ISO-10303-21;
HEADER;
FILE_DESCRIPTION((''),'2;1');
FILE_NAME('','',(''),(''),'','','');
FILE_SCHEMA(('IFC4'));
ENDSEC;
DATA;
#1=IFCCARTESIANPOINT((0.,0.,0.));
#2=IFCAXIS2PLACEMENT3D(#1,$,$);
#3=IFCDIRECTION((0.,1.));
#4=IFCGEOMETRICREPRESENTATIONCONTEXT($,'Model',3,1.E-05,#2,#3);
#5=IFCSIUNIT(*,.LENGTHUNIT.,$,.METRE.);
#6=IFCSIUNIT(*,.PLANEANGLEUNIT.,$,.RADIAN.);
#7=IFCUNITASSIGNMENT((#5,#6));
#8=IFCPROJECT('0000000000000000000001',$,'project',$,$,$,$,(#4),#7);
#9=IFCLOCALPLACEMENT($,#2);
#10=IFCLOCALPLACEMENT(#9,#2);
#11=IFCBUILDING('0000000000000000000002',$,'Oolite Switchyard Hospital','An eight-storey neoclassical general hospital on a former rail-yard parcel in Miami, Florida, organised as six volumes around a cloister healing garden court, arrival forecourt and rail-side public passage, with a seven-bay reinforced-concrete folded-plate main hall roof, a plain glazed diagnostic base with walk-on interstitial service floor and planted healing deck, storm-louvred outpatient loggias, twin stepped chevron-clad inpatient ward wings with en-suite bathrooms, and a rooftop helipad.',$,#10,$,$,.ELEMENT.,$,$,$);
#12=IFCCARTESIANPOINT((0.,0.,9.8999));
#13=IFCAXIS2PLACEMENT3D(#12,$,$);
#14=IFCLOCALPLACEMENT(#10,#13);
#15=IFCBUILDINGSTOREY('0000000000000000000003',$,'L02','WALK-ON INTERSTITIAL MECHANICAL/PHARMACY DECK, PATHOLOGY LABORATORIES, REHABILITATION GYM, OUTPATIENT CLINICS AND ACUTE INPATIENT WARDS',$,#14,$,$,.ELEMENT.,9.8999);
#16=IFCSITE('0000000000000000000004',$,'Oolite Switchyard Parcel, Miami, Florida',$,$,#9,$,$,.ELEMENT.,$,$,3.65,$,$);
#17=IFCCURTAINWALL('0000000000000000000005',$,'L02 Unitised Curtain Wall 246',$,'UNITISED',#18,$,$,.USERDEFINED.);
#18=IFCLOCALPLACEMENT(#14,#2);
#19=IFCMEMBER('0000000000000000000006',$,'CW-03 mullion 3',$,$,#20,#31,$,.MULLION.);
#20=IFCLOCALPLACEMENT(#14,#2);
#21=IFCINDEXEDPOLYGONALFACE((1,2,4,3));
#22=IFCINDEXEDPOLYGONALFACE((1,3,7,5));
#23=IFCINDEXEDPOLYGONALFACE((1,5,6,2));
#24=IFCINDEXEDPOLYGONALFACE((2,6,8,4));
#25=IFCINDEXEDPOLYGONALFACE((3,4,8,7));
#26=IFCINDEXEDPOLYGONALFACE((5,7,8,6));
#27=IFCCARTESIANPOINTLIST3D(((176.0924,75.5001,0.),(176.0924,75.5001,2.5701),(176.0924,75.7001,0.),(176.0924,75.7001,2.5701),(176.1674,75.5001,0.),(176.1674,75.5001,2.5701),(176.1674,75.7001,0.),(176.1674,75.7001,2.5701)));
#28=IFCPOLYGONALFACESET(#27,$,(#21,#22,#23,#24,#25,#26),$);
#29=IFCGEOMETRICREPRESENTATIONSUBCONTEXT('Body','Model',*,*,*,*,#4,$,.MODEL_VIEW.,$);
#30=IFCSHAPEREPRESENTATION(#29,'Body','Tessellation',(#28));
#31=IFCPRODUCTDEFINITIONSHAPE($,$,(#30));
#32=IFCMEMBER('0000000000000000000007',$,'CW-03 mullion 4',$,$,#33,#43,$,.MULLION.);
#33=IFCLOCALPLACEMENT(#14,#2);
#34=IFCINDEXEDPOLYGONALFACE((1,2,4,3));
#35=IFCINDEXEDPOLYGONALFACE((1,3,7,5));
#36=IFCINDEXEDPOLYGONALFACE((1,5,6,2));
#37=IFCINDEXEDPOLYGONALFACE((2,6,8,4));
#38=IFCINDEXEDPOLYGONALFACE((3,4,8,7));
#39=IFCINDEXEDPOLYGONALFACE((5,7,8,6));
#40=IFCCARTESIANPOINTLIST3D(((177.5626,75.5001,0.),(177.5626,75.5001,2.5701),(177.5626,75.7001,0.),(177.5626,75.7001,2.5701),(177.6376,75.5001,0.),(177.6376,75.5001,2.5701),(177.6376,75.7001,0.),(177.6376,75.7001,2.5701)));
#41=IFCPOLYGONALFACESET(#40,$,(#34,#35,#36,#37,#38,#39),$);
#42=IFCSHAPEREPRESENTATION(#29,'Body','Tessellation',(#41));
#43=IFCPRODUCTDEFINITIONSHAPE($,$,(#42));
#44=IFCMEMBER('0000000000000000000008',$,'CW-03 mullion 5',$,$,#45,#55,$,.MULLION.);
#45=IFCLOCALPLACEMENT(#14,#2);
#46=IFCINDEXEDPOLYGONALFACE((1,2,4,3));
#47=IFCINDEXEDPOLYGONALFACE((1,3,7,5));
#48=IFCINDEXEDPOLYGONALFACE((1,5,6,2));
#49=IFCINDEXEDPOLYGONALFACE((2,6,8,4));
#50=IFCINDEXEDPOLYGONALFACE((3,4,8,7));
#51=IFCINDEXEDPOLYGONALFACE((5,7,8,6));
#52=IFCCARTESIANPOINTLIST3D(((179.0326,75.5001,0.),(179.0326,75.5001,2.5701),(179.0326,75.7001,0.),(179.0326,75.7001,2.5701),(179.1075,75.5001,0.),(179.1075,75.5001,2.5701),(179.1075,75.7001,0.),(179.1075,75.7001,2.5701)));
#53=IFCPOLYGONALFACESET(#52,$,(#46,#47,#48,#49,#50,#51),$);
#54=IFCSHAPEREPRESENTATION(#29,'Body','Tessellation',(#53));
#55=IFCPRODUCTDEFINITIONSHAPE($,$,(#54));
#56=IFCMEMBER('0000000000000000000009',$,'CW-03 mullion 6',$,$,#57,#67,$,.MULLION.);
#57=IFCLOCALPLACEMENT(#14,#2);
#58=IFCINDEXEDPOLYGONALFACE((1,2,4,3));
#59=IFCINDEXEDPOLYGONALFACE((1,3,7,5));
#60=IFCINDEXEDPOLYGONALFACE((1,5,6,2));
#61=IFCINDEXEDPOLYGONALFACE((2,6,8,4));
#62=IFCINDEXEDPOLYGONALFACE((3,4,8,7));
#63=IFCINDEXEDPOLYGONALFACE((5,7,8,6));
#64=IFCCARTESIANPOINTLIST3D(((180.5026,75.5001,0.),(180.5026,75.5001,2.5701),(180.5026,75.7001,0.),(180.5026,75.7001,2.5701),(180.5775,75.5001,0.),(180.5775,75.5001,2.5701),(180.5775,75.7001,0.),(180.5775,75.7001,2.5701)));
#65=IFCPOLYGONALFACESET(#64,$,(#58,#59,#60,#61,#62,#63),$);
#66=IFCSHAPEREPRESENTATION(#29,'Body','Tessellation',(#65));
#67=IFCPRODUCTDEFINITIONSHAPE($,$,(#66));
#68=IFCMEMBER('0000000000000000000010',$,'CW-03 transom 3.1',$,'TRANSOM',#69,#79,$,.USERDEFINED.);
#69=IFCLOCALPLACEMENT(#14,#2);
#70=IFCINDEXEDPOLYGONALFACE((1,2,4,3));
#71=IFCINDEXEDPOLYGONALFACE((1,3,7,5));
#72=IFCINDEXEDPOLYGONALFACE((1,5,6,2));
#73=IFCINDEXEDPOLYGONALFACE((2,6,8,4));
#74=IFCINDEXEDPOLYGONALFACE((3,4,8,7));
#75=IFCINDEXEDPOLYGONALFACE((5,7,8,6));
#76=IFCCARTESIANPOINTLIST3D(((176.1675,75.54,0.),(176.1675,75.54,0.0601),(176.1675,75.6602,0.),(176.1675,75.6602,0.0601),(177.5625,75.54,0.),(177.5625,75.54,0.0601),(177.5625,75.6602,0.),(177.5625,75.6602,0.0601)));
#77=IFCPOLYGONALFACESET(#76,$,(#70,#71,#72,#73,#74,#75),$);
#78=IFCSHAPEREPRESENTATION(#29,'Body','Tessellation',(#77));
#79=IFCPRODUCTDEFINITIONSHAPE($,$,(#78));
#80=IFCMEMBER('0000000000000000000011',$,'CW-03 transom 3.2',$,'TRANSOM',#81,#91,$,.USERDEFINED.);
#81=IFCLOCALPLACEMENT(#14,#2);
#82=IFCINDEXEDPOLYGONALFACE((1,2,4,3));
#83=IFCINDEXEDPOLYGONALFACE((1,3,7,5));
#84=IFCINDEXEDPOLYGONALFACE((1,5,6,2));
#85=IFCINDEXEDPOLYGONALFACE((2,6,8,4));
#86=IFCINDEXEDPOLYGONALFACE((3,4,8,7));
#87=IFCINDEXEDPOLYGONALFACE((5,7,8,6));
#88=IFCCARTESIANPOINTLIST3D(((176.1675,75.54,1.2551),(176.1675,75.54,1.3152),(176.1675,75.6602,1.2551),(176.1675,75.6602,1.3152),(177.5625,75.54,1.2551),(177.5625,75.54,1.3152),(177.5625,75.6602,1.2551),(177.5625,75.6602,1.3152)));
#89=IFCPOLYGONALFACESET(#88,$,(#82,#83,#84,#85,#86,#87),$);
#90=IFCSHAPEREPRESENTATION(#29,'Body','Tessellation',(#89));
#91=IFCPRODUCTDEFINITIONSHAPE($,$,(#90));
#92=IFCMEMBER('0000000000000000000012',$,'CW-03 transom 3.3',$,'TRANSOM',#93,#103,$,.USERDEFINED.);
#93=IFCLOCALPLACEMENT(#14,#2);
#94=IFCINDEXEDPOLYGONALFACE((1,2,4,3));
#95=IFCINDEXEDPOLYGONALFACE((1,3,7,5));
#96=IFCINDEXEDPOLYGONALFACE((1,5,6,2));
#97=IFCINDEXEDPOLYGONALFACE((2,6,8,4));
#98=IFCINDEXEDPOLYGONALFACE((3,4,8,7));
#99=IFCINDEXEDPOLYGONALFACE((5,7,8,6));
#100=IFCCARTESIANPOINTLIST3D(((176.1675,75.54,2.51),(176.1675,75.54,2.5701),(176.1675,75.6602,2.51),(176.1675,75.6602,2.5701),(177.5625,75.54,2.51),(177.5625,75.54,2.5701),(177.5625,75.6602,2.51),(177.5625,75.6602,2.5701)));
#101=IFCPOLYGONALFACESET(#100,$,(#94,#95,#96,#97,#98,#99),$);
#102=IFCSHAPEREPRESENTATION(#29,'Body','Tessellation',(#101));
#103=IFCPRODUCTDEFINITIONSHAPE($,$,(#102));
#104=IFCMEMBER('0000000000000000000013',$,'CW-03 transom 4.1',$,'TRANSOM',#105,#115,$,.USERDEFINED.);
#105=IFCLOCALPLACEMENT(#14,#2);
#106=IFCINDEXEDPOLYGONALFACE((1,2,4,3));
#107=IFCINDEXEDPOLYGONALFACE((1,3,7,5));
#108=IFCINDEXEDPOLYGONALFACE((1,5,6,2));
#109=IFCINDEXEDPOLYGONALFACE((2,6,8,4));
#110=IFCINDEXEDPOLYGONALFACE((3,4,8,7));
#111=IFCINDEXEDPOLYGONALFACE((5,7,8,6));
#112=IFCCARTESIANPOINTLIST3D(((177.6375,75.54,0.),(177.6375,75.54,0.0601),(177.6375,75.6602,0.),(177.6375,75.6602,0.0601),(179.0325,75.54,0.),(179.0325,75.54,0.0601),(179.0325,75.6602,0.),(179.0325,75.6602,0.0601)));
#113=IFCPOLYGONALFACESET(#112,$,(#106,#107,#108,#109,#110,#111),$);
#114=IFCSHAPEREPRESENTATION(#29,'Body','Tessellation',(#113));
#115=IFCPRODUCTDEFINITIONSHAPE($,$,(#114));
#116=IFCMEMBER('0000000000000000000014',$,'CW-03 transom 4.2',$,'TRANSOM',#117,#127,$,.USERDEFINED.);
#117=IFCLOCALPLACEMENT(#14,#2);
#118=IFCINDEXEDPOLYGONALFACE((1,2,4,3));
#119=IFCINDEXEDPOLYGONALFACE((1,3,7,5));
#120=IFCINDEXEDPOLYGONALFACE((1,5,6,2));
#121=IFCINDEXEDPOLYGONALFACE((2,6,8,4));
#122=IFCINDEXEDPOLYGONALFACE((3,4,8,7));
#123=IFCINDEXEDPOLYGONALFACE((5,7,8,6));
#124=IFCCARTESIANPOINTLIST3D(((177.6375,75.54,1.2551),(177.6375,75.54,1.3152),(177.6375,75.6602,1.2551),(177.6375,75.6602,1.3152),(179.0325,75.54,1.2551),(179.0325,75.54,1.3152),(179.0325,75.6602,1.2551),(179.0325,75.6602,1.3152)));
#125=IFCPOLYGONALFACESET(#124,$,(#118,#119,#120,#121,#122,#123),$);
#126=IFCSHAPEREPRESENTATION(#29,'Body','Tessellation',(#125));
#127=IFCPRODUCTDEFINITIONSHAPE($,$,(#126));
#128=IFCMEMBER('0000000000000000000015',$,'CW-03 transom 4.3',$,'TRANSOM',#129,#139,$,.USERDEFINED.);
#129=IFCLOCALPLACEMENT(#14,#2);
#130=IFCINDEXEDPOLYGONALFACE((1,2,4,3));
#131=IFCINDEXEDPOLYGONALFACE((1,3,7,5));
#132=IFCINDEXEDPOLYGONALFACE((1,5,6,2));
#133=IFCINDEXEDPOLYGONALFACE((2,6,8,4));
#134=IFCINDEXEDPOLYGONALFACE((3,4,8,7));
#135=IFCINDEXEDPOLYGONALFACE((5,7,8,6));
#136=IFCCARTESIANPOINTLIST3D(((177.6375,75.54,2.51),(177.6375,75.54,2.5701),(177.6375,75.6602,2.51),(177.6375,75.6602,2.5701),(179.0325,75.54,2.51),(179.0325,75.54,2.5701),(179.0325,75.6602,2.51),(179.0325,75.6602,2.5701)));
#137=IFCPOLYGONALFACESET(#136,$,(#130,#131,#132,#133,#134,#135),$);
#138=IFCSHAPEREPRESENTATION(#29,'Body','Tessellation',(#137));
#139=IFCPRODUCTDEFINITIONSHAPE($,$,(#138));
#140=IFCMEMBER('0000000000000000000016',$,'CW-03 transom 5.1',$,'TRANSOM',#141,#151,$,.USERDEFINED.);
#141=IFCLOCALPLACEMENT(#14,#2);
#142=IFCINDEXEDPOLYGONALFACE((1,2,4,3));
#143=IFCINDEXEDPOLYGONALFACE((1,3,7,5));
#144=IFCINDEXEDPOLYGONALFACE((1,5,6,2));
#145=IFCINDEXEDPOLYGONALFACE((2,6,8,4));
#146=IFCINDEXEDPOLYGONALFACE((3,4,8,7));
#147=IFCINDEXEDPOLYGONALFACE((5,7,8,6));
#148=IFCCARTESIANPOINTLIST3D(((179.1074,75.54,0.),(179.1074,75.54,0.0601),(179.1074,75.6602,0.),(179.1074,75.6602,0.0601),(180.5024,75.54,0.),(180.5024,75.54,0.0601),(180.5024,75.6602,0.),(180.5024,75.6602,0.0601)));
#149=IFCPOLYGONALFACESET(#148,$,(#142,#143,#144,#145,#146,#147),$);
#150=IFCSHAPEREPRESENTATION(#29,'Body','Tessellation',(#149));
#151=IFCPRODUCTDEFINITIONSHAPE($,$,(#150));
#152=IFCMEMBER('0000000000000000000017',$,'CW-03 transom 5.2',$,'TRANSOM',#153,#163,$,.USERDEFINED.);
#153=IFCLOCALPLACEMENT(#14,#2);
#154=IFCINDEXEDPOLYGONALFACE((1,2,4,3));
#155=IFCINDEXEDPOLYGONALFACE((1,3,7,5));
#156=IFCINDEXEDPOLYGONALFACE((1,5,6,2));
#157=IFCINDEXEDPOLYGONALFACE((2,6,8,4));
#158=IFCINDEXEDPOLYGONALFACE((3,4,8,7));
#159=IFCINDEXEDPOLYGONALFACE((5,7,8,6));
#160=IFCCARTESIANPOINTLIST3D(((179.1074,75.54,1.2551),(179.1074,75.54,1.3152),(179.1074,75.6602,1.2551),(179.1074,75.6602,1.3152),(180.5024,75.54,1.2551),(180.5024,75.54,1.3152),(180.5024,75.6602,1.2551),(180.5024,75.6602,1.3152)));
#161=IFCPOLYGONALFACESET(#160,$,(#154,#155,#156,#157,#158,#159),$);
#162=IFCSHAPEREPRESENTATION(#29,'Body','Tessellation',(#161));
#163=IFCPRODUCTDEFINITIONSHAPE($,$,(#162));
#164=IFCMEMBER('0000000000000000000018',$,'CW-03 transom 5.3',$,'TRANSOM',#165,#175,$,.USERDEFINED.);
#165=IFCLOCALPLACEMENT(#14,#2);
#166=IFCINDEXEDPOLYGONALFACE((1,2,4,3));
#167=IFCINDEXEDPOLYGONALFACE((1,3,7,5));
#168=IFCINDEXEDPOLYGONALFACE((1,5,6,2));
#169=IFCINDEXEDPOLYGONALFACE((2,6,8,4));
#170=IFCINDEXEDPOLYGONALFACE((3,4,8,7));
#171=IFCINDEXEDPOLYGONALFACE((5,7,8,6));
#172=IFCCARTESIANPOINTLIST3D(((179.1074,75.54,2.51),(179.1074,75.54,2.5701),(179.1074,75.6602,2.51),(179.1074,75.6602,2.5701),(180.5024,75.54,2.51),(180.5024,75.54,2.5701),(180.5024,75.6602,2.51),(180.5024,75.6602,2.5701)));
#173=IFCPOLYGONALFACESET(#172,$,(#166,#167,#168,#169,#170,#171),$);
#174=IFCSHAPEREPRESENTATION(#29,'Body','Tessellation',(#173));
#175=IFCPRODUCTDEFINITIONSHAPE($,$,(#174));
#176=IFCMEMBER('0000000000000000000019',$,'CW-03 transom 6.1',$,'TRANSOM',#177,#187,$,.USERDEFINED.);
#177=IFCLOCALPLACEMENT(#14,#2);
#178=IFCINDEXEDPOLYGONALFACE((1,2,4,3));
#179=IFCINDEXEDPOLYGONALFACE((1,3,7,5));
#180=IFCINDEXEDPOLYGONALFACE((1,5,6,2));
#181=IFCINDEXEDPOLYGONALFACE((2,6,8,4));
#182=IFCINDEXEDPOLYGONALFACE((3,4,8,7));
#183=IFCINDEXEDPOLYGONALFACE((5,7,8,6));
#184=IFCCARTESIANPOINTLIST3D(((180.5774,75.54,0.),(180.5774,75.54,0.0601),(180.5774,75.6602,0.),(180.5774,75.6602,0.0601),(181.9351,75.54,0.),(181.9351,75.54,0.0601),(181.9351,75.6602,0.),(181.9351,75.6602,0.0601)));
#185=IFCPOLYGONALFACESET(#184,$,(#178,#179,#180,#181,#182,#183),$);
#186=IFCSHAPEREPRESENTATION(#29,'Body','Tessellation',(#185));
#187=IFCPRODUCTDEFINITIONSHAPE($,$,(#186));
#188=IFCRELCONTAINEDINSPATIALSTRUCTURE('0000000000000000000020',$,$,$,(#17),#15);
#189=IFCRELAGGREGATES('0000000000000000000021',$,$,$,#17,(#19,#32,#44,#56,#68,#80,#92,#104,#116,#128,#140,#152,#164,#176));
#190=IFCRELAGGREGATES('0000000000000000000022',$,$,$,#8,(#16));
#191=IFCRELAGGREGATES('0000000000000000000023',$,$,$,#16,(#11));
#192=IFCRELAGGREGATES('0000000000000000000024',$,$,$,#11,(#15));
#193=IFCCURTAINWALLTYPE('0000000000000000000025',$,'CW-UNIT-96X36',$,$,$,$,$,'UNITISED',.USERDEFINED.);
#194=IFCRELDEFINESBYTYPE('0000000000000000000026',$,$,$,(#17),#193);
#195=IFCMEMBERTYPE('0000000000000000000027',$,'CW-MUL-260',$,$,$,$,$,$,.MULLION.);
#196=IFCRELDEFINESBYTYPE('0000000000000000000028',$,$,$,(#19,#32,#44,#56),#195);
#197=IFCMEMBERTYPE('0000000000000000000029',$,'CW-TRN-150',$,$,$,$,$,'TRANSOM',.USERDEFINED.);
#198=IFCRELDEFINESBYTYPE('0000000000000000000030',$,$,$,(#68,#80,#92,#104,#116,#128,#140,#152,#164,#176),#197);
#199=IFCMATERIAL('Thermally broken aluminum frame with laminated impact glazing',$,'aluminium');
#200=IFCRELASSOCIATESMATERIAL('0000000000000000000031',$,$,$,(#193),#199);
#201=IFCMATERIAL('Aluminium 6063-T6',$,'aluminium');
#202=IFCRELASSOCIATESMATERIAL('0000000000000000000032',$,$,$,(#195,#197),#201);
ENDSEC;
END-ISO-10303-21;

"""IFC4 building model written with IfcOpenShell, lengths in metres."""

from ifc_helpers import new_model, si_unit, direction, frame, origin, origin_2d, place, context, subcontext, project, spatial, rectangle, extrude, material, material_profile, profile_set, type_object, element, aggregate, save


model = new_model("IFC4")

# Units and contexts
model_context = context("Model", 3, precision=1e-05, world=origin(), true_north=direction((0.0, 1.0)))
body_context = subcontext(model_context, "Body", "Model", "MODEL_VIEW")
ifc_project = project(units=[si_unit("LENGTHUNIT", "METRE"), si_unit("PLANEANGLEUNIT", "RADIAN")], contexts=[model_context])

# Site, building, storey
site_placement = place(None, origin())
site = spatial("IfcSite", under=ifc_project, at=site_placement, Name="Oolite Switchyard Parcel, Miami, Florida", CompositionType="ELEMENT", RefElevation=3.65)
building_placement = place(site_placement, origin())
building = spatial("IfcBuilding", under=site, at=building_placement, Name="Oolite Switchyard Hospital", Description="An eight-storey neoclassical general hospital on a former rail-yard parcel in Miami, Florida, organised as six volumes around a cloister healing garden court, arrival forecourt and rail-side public passage, with a seven-bay reinforced-concrete folded-plate main hall roof, a plain glazed diagnostic base with walk-on interstitial service floor and planted healing deck, storm-louvred outpatient loggias, twin stepped chevron-clad inpatient ward wings with en-suite bathrooms, and a rooftop helipad.", CompositionType="ELEMENT")
storey_placement = place(building_placement, frame((0.0, 0.0, 9.8999)))
storey = spatial("IfcBuildingStorey", under=building, at=storey_placement, Name="L02", Description="WALK-ON INTERSTITIAL MECHANICAL/PHARMACY DECK, PATHOLOGY LABORATORIES, REHABILITATION GYM, OUTPATIENT CLINICS AND ACUTE INPATIENT WARDS", CompositionType="ELEMENT", Elevation=9.8999)

# Curtain wall, members
ifc_material_1 = material(Name="Thermally broken aluminum frame with laminated impact glazing", Category="aluminium")
curtain_wall_type = type_object("IfcCurtainWallType", Name="CW-UNIT-96X36", ElementType="UNITISED", PredefinedType="USERDEFINED", material=ifc_material_1)
curtain_wall_placement = place(storey_placement, origin())
curtain_wall = element("IfcCurtainWall", 1, at=curtain_wall_placement, inside=storey, type_object=curtain_wall_type, Name="L02 Unitised Curtain Wall 246", ObjectType="UNITISED", PredefinedType="USERDEFINED")
ifc_material_2 = material(Name="Aluminium 6063-T6", Category="aluminium")
ifc_material_profile_1 = material_profile(ifc_material_2, rectangle(XDim=0.2, YDim=0.075, at=origin_2d()), Name="CWM75X200")
ifc_profile_set_1 = profile_set([ifc_material_profile_1], Name="Aluminium 6063-T6")
member_type_1 = type_object("IfcMemberType", Name="CW-MUL-260", PredefinedType="MULLION", material=ifc_profile_set_1)
member_1_placement = place(storey_placement, frame((176.1299, 75.6001, 0.0), z_axis=(0.0, 0.0, 1.0), x_axis=(0.0, 1.0, 0.0)))
member_1 = element("IfcMember", 2, at=member_1_placement, type_object=member_type_1, Name="CW-03 mullion 3", PredefinedType="MULLION", context=body_context, shape_type="SweptSolid", body=[
    extrude(rectangle(XDim=0.2, YDim=0.075, at=origin_2d()), origin(), (0.0, 0.0, 1.0), 2.5701),
])
member_2_placement = place(storey_placement, frame((177.6001, 75.6001, 0.0), z_axis=(0.0, 0.0, 1.0), x_axis=(0.0, 1.0, 0.0)))
member_2 = element("IfcMember", 3, at=member_2_placement, type_object=member_type_1, Name="CW-03 mullion 4", PredefinedType="MULLION", context=body_context, shape_type="SweptSolid", body=[
    extrude(rectangle(XDim=0.2, YDim=0.075, at=origin_2d()), origin(), (0.0, 0.0, 1.0), 2.5701),
])
member_3_placement = place(storey_placement, frame((179.0701, 75.6001, 0.0), z_axis=(0.0, 0.0, 1.0), x_axis=(0.0, 1.0, 0.0)))
member_3 = element("IfcMember", 4, at=member_3_placement, type_object=member_type_1, Name="CW-03 mullion 5", PredefinedType="MULLION", context=body_context, shape_type="SweptSolid", body=[
    extrude(rectangle(XDim=0.2, YDim=0.075, at=origin_2d()), origin(), (0.0, 0.0, 1.0), 2.5701),
])
member_4_placement = place(storey_placement, frame((180.54, 75.6001, 0.0), z_axis=(0.0, 0.0, 1.0), x_axis=(0.0, 1.0, 0.0)))
member_4 = element("IfcMember", 5, at=member_4_placement, type_object=member_type_1, Name="CW-03 mullion 6", PredefinedType="MULLION", context=body_context, shape_type="SweptSolid", body=[
    extrude(rectangle(XDim=0.2, YDim=0.075, at=origin_2d()), origin(), (0.0, 0.0, 1.0), 2.5701),
])
ifc_material_profile_2 = material_profile(ifc_material_2, rectangle(XDim=0.1201, YDim=0.0601, at=origin_2d()), Name="CWT60X120")
ifc_profile_set_2 = profile_set([ifc_material_profile_2], Name="Aluminium 6063-T6")
member_type_2 = type_object("IfcMemberType", Name="CW-TRN-150", ElementType="TRANSOM", PredefinedType="USERDEFINED", material=ifc_profile_set_2)
member_5_placement = place(storey_placement, frame((176.1675, 75.6001, 0.03), z_axis=(1.0, 0.0, 0.0), x_axis=(0.0, 1.0, 0.0)))
member_5 = element("IfcMember", 6, at=member_5_placement, type_object=member_type_2, Name="CW-03 transom 3.1", ObjectType="TRANSOM", PredefinedType="USERDEFINED", context=body_context, shape_type="SweptSolid", body=[
    extrude(rectangle(XDim=0.1201, YDim=0.0601, at=origin_2d()), origin(), (0.0, 0.0, 1.0), 1.395),
])
member_6_placement = place(storey_placement, frame((176.1675, 75.6001, 1.2852), z_axis=(1.0, 0.0, 0.0), x_axis=(0.0, 1.0, 0.0)))
member_6 = element("IfcMember", 7, at=member_6_placement, type_object=member_type_2, Name="CW-03 transom 3.2", ObjectType="TRANSOM", PredefinedType="USERDEFINED", context=body_context, shape_type="SweptSolid", body=[
    extrude(rectangle(XDim=0.1201, YDim=0.0601, at=origin_2d()), origin(), (0.0, 0.0, 1.0), 1.395),
])
member_7_placement = place(storey_placement, frame((176.1675, 75.6001, 2.54), z_axis=(1.0, 0.0, 0.0), x_axis=(0.0, 1.0, 0.0)))
member_7 = element("IfcMember", 8, at=member_7_placement, type_object=member_type_2, Name="CW-03 transom 3.3", ObjectType="TRANSOM", PredefinedType="USERDEFINED", context=body_context, shape_type="SweptSolid", body=[
    extrude(rectangle(XDim=0.1201, YDim=0.0601, at=origin_2d()), origin(), (0.0, 0.0, 1.0), 1.395),
])
member_8_placement = place(storey_placement, frame((177.6375, 75.6001, 0.03), z_axis=(1.0, 0.0, 0.0), x_axis=(0.0, 1.0, 0.0)))
member_8 = element("IfcMember", 9, at=member_8_placement, type_object=member_type_2, Name="CW-03 transom 4.1", ObjectType="TRANSOM", PredefinedType="USERDEFINED", context=body_context, shape_type="SweptSolid", body=[
    extrude(rectangle(XDim=0.1201, YDim=0.0601, at=origin_2d()), origin(), (0.0, 0.0, 1.0), 1.395),
])
member_9_placement = place(storey_placement, frame((177.6375, 75.6001, 1.2852), z_axis=(1.0, 0.0, 0.0), x_axis=(0.0, 1.0, 0.0)))
member_9 = element("IfcMember", 10, at=member_9_placement, type_object=member_type_2, Name="CW-03 transom 4.2", ObjectType="TRANSOM", PredefinedType="USERDEFINED", context=body_context, shape_type="SweptSolid", body=[
    extrude(rectangle(XDim=0.1201, YDim=0.0601, at=origin_2d()), origin(), (0.0, 0.0, 1.0), 1.395),
])
member_10_placement = place(storey_placement, frame((177.6375, 75.6001, 2.54), z_axis=(1.0, 0.0, 0.0), x_axis=(0.0, 1.0, 0.0)))
member_10 = element("IfcMember", 11, at=member_10_placement, type_object=member_type_2, Name="CW-03 transom 4.3", ObjectType="TRANSOM", PredefinedType="USERDEFINED", context=body_context, shape_type="SweptSolid", body=[
    extrude(rectangle(XDim=0.1201, YDim=0.0601, at=origin_2d()), origin(), (0.0, 0.0, 1.0), 1.395),
])
member_11_placement = place(storey_placement, frame((179.1074, 75.6001, 0.03), z_axis=(1.0, 0.0, 0.0), x_axis=(0.0, 1.0, 0.0)))
member_11 = element("IfcMember", 12, at=member_11_placement, type_object=member_type_2, Name="CW-03 transom 5.1", ObjectType="TRANSOM", PredefinedType="USERDEFINED", context=body_context, shape_type="SweptSolid", body=[
    extrude(rectangle(XDim=0.1201, YDim=0.0601, at=origin_2d()), origin(), (0.0, 0.0, 1.0), 1.395),
])
member_12_placement = place(storey_placement, frame((179.1074, 75.6001, 1.2852), z_axis=(1.0, 0.0, 0.0), x_axis=(0.0, 1.0, 0.0)))
member_12 = element("IfcMember", 13, at=member_12_placement, type_object=member_type_2, Name="CW-03 transom 5.2", ObjectType="TRANSOM", PredefinedType="USERDEFINED", context=body_context, shape_type="SweptSolid", body=[
    extrude(rectangle(XDim=0.1201, YDim=0.0601, at=origin_2d()), origin(), (0.0, 0.0, 1.0), 1.395),
])
member_13_placement = place(storey_placement, frame((179.1074, 75.6001, 2.54), z_axis=(1.0, 0.0, 0.0), x_axis=(0.0, 1.0, 0.0)))
member_13 = element("IfcMember", 14, at=member_13_placement, type_object=member_type_2, Name="CW-03 transom 5.3", ObjectType="TRANSOM", PredefinedType="USERDEFINED", context=body_context, shape_type="SweptSolid", body=[
    extrude(rectangle(XDim=0.1201, YDim=0.0601, at=origin_2d()), origin(), (0.0, 0.0, 1.0), 1.395),
])
member_14_placement = place(storey_placement, frame((180.5774, 75.6001, 0.03), z_axis=(1.0, 0.0, 0.0), x_axis=(0.0, 1.0, 0.0)))
member_14 = element("IfcMember", 15, at=member_14_placement, type_object=member_type_2, Name="CW-03 transom 6.1", ObjectType="TRANSOM", PredefinedType="USERDEFINED", context=body_context, shape_type="SweptSolid", body=[
    extrude(rectangle(XDim=0.1201, YDim=0.0601, at=origin_2d()), origin(), (0.0, 0.0, 1.0), 1.3577),
])
aggregate(curtain_wall, [member_1, member_2, member_3, member_4, member_5, member_6, member_7, member_8, member_9, member_10, member_11, member_12, member_13, member_14])

save(model, "model.ifc")
